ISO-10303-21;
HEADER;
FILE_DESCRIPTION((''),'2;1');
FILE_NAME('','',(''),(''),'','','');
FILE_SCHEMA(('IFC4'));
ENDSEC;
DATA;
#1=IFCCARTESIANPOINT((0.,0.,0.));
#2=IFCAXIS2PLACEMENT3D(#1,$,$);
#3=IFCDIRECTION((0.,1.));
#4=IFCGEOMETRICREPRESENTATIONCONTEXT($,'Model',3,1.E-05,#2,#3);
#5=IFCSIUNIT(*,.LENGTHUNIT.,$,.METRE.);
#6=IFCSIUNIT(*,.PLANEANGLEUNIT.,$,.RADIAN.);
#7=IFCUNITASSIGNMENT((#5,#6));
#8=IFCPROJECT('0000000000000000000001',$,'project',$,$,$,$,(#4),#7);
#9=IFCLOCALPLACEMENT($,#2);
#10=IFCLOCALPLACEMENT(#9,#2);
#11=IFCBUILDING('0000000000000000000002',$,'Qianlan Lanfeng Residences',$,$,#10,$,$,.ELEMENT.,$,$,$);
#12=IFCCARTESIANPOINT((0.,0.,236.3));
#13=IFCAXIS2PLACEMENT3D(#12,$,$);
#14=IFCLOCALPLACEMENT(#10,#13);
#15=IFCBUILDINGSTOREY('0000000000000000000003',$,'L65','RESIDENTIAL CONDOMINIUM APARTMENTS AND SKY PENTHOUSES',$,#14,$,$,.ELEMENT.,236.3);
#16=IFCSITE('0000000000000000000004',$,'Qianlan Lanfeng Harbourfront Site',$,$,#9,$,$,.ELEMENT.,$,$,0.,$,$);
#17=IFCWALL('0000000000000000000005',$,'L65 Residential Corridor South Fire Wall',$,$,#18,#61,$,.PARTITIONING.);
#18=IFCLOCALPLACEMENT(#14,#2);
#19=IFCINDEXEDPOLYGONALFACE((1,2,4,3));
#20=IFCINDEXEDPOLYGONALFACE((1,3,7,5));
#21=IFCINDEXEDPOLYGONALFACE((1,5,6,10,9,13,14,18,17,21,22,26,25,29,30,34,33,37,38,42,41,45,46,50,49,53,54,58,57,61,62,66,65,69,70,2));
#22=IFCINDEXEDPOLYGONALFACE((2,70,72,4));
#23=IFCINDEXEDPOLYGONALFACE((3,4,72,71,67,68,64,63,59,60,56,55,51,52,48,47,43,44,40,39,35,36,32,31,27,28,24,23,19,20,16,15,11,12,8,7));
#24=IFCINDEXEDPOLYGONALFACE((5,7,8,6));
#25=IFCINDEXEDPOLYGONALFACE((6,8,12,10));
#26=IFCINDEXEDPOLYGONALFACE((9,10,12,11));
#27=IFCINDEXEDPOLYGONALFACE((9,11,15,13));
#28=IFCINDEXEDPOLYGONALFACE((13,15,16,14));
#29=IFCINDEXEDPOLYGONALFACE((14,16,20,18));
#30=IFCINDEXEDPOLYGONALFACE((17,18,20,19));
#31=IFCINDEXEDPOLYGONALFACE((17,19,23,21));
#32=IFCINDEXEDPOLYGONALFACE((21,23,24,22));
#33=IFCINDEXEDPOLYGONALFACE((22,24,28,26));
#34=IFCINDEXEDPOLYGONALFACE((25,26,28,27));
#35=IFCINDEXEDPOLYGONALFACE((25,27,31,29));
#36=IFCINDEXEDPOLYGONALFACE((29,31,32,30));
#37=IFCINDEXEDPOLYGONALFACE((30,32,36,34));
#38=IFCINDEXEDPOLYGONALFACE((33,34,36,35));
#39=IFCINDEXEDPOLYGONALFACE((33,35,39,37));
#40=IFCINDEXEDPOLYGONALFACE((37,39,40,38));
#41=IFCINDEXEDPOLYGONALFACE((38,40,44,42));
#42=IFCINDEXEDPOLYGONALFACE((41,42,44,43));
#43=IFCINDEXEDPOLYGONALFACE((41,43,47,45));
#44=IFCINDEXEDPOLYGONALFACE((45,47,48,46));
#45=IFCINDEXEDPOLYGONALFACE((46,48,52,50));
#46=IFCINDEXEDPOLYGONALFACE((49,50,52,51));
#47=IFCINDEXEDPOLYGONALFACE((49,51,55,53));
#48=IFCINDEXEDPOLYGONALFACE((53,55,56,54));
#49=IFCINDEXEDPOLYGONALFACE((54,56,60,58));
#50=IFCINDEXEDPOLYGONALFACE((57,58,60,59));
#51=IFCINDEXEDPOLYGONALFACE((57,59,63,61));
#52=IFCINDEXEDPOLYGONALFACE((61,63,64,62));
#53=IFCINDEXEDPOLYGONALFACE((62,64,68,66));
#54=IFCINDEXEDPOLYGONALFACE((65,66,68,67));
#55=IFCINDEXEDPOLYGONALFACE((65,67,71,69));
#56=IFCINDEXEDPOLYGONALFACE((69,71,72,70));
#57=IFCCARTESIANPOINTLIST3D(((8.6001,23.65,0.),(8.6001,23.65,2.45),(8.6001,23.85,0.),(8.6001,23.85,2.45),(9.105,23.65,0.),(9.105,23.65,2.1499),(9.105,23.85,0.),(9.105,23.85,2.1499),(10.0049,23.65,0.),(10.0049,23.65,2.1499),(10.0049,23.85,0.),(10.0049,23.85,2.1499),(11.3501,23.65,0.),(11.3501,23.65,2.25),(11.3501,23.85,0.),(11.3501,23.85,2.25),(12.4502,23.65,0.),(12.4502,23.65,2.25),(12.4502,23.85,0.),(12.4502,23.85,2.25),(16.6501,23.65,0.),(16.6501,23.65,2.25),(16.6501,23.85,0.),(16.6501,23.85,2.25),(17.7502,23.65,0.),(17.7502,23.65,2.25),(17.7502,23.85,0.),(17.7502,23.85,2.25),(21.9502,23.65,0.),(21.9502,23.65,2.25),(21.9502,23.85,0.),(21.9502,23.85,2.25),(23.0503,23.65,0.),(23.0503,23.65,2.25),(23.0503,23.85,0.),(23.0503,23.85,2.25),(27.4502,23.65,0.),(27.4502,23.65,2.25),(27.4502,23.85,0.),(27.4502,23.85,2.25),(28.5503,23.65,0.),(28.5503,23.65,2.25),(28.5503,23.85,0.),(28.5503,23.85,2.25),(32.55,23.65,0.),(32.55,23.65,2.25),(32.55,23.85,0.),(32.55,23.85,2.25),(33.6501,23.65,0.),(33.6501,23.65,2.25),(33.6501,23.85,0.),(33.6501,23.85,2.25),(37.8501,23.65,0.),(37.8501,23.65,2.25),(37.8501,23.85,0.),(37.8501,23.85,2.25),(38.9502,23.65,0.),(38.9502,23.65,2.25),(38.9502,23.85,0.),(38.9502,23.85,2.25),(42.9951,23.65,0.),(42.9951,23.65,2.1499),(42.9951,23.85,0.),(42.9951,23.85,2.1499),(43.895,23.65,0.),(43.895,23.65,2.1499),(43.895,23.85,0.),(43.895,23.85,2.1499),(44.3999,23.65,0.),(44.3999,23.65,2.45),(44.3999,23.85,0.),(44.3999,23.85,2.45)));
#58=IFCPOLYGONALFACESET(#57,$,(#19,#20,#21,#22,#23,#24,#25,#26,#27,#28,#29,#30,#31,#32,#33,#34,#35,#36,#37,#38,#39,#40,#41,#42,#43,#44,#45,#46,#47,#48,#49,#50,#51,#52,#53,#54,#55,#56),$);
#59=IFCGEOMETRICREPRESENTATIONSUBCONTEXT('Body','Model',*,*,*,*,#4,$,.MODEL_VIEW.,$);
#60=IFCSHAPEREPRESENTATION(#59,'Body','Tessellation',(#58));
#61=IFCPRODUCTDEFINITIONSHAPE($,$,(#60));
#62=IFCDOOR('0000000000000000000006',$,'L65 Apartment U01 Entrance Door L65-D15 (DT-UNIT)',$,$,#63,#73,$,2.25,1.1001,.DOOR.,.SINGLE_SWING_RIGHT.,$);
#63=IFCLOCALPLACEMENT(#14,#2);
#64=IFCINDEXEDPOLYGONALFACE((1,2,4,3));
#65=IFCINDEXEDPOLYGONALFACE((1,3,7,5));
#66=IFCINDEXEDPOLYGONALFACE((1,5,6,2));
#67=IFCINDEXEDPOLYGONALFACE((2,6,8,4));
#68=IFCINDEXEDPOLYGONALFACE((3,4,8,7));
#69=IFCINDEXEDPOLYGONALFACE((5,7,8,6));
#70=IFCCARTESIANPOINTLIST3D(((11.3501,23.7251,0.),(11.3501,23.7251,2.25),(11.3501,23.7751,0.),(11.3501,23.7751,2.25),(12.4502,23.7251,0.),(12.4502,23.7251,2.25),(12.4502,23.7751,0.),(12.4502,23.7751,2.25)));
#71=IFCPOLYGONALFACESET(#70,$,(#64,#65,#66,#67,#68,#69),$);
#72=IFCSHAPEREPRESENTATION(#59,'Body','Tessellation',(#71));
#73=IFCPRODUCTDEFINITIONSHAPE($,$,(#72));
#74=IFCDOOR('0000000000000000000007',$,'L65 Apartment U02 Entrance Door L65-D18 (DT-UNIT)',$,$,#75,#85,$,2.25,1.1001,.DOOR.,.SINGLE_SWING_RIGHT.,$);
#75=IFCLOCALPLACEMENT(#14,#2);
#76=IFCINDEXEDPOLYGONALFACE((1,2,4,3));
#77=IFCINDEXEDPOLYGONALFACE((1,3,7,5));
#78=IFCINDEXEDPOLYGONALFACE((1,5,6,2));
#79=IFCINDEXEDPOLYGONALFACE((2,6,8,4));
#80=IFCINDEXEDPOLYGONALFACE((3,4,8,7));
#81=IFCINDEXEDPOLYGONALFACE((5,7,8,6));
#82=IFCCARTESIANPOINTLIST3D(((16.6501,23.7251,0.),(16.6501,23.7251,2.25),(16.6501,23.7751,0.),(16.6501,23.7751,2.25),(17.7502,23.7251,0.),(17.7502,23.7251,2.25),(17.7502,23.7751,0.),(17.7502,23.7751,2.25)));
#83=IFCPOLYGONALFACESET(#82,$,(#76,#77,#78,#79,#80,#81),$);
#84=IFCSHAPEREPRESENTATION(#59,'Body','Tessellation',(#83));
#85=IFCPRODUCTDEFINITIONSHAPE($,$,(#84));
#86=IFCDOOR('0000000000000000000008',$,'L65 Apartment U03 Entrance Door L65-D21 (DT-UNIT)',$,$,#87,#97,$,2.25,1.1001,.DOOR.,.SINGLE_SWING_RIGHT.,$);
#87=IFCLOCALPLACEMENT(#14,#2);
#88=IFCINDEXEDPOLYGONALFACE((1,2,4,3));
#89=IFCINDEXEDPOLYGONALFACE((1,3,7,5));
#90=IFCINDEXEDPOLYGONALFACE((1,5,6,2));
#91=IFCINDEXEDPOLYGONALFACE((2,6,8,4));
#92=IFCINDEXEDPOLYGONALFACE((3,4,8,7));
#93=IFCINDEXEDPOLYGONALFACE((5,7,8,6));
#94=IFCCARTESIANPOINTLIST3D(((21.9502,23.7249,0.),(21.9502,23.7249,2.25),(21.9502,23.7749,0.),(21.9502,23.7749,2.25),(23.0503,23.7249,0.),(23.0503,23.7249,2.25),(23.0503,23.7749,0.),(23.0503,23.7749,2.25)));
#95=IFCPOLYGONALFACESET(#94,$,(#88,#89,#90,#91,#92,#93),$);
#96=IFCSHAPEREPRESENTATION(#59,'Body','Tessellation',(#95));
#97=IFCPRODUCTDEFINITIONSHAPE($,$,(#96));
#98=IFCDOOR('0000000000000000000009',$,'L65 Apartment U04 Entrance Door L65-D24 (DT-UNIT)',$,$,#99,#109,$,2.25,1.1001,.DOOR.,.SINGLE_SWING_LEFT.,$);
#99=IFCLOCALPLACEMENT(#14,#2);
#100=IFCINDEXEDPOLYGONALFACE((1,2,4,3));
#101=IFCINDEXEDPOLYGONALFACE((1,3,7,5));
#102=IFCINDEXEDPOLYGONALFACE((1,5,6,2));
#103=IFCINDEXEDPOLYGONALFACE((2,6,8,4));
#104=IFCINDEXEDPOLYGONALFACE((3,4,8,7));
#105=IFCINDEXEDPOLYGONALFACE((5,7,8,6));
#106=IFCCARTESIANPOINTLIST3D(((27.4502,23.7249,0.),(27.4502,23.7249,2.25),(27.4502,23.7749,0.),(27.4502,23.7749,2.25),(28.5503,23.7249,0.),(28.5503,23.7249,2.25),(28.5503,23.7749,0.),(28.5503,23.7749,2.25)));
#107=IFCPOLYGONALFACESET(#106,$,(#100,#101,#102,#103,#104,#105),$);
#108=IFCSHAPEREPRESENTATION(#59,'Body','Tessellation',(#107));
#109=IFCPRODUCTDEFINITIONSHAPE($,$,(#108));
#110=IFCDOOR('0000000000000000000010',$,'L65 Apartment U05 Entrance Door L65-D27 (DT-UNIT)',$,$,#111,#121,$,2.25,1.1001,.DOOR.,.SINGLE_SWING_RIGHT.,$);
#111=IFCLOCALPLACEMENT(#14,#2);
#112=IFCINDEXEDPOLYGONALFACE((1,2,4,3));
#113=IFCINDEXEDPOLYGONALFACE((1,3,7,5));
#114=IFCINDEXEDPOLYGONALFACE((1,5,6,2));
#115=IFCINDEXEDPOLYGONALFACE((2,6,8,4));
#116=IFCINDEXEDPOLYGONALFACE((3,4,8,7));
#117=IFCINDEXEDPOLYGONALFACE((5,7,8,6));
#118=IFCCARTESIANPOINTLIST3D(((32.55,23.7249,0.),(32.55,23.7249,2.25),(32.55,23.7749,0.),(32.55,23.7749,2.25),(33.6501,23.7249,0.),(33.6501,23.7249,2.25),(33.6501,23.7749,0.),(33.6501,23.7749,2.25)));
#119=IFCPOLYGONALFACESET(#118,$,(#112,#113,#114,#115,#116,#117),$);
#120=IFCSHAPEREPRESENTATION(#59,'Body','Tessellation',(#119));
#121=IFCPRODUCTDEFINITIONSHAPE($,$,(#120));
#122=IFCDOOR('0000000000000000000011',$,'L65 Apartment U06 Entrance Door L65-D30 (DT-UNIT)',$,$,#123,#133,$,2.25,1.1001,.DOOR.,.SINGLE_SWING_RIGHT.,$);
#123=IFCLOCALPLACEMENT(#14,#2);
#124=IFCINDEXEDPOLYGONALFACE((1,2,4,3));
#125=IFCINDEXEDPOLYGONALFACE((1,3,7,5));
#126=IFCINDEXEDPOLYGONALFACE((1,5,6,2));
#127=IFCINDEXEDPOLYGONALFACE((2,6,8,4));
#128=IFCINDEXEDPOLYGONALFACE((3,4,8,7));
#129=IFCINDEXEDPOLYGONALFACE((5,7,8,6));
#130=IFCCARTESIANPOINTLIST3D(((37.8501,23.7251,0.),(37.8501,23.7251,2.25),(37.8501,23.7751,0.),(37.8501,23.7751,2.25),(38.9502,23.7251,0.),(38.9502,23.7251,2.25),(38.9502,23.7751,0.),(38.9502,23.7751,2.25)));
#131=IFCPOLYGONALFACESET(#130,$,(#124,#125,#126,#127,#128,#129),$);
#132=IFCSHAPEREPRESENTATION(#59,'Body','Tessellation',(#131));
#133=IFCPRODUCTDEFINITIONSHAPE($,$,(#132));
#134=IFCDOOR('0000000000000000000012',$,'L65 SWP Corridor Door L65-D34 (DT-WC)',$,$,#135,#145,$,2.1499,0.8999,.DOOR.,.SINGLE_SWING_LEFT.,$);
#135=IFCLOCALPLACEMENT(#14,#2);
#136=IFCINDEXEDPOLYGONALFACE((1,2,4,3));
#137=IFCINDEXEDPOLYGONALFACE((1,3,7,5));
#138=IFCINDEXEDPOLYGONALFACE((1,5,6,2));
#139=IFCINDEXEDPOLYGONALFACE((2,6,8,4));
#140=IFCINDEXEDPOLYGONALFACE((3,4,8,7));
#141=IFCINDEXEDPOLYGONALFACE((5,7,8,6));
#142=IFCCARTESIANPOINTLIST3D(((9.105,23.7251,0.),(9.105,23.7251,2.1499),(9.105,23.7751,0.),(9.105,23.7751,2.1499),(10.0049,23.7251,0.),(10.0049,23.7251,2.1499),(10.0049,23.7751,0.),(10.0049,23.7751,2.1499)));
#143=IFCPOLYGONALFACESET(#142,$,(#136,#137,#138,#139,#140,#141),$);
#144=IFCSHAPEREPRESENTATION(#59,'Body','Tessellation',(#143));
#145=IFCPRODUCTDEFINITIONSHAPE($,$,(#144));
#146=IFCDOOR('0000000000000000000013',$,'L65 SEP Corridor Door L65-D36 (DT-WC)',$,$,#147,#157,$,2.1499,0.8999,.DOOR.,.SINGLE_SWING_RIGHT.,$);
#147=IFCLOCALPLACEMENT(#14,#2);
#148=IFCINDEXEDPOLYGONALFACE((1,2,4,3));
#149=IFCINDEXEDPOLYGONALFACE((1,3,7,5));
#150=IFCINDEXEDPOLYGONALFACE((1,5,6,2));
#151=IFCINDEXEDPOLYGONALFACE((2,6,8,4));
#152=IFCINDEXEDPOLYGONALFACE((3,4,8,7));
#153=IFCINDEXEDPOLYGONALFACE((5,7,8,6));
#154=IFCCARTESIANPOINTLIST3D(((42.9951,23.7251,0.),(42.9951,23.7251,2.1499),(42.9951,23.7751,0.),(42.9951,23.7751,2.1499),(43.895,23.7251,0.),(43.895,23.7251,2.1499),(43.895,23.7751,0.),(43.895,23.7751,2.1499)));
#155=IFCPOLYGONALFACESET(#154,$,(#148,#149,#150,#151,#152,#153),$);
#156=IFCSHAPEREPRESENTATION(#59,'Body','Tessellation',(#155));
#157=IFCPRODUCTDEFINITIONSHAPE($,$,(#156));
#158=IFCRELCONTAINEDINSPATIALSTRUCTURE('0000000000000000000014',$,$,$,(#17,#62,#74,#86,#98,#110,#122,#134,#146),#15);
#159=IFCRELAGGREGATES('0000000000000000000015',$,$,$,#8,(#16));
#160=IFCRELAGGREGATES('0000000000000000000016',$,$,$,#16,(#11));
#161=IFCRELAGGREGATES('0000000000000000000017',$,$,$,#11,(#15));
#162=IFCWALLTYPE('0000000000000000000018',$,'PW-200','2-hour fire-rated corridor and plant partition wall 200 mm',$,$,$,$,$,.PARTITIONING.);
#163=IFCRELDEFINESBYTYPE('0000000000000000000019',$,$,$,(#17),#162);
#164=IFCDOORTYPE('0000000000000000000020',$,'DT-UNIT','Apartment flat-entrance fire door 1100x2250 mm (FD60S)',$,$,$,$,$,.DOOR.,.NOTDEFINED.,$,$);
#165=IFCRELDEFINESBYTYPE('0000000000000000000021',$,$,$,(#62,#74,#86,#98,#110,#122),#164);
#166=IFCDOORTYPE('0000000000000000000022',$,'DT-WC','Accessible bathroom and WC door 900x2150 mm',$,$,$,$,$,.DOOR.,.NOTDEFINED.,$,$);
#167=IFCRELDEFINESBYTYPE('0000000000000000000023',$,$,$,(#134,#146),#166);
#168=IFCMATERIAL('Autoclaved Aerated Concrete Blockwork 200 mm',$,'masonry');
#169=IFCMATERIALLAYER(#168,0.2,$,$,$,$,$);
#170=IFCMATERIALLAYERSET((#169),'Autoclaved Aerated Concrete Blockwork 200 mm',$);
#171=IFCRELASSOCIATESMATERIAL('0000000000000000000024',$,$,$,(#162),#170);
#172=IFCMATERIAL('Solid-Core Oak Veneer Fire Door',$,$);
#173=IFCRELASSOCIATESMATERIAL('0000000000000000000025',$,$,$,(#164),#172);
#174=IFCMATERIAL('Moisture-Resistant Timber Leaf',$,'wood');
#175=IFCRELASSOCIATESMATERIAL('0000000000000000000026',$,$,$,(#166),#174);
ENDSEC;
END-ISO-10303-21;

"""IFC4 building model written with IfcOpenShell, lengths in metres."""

from ifc_helpers import new_model, si_unit, direction, frame, frame_2d, origin, place, context, subcontext, project, spatial, rectangle, extrude, material, layer, layer_set, type_object, element, fill, save


model = new_model("IFC4")

# Units and contexts
model_context = context("Model", 3, precision=1e-05, world=origin(), true_north=direction((0.0, 1.0)))
body_context = subcontext(model_context, "Body", "Model", "MODEL_VIEW")
ifc_project = project(units=[si_unit("LENGTHUNIT", "METRE"), si_unit("PLANEANGLEUNIT", "RADIAN")], contexts=[model_context])

# Site, building, storey
site_placement = place(None, origin())
site = spatial("IfcSite", under=ifc_project, at=site_placement, Name="Qianlan Lanfeng Harbourfront Site", CompositionType="ELEMENT", RefElevation=0.0)
building_placement = place(site_placement, origin())
building = spatial("IfcBuilding", under=site, at=building_placement, Name="Qianlan Lanfeng Residences", CompositionType="ELEMENT")
storey_placement = place(building_placement, frame((0.0, 0.0, 236.3)))
storey = spatial("IfcBuildingStorey", under=building, at=storey_placement, Name="L65", Description="RESIDENTIAL CONDOMINIUM APARTMENTS AND SKY PENTHOUSES", CompositionType="ELEMENT", Elevation=236.3)

# Wall, openings, doors
ifc_material_1 = material(Name="Autoclaved Aerated Concrete Blockwork 200 mm", Category="masonry")
ifc_layer_1 = layer(ifc_material_1, 0.2)
ifc_layer_set_1 = layer_set([ifc_layer_1], Name="Autoclaved Aerated Concrete Blockwork 200 mm")
wall_type_1 = type_object("IfcWallType", Name="PW-200", Description="2-hour fire-rated corridor and plant partition wall 200 mm", PredefinedType="PARTITIONING", material=ifc_layer_set_1)
wall_1_placement = place(storey_placement, frame((8.6001, 23.75, 0.0), z_axis=(0.0, 0.0, 1.0), x_axis=(1.0, 0.0, 0.0)))
wall_1 = element("IfcWall", 1, at=wall_1_placement, inside=storey, type_object=wall_type_1, Name="L65 Residential Corridor South Fire Wall", PredefinedType="PARTITIONING", context=body_context, shape_type="SweptSolid", body=[
    extrude(rectangle(XDim=35.7998, YDim=0.2, at=frame_2d((17.8999, 0.0))), origin(), (0.0, 0.0, 1.0), 2.45),
])
opening_1_placement = place(wall_1_placement, frame((2.75, 0.0, 0.0)))
opening_1 = element("IfcOpeningElement", 2, at=opening_1_placement, cuts=wall_1, PredefinedType="OPENING", context=body_context, shape_type="SweptSolid", body=[
    extrude(rectangle(XDim=1.1001, YDim=2.25, at=frame_2d((0.55, 1.125))), frame((0.0, 0.1099, 0.0), z_axis=(0.0, -1.0, 0.0), x_axis=(1.0, 0.0, 0.0)), (0.0, 0.0, 1.0), 0.22),
])
opening_2_placement = place(wall_1_placement, frame((8.05, 0.0, 0.0)))
opening_2 = element("IfcOpeningElement", 3, at=opening_2_placement, cuts=wall_1, PredefinedType="OPENING", context=body_context, shape_type="SweptSolid", body=[
    extrude(rectangle(XDim=1.1001, YDim=2.25, at=frame_2d((0.55, 1.125))), frame((0.0, 0.1099, 0.0), z_axis=(0.0, -1.0, 0.0), x_axis=(1.0, 0.0, 0.0)), (0.0, 0.0, 1.0), 0.22),
])
opening_3_placement = place(wall_1_placement, frame((13.3501, 0.0, 0.0)))
opening_3 = element("IfcOpeningElement", 4, at=opening_3_placement, cuts=wall_1, PredefinedType="OPENING", context=body_context, shape_type="SweptSolid", body=[
    extrude(rectangle(XDim=1.1001, YDim=2.25, at=frame_2d((0.55, 1.125))), frame((0.0, 0.1099, 0.0), z_axis=(0.0, -1.0, 0.0), x_axis=(1.0, 0.0, 0.0)), (0.0, 0.0, 1.0), 0.22),
])
opening_4_placement = place(wall_1_placement, frame((18.8501, 0.0, 0.0)))
opening_4 = element("IfcOpeningElement", 5, at=opening_4_placement, cuts=wall_1, PredefinedType="OPENING", context=body_context, shape_type="SweptSolid", body=[
    extrude(rectangle(XDim=1.1001, YDim=2.25, at=frame_2d((0.55, 1.125))), frame((0.0, 0.1099, 0.0), z_axis=(0.0, -1.0, 0.0), x_axis=(1.0, 0.0, 0.0)), (0.0, 0.0, 1.0), 0.22),
])
opening_5_placement = place(wall_1_placement, frame((23.95, 0.0, 0.0)))
opening_5 = element("IfcOpeningElement", 6, at=opening_5_placement, cuts=wall_1, PredefinedType="OPENING", context=body_context, shape_type="SweptSolid", body=[
    extrude(rectangle(XDim=1.1001, YDim=2.25, at=frame_2d((0.55, 1.125))), frame((0.0, 0.1099, 0.0), z_axis=(0.0, -1.0, 0.0), x_axis=(1.0, 0.0, 0.0)), (0.0, 0.0, 1.0), 0.22),
])
opening_6_placement = place(wall_1_placement, frame((29.25, 0.0, 0.0)))
opening_6 = element("IfcOpeningElement", 7, at=opening_6_placement, cuts=wall_1, PredefinedType="OPENING", context=body_context, shape_type="SweptSolid", body=[
    extrude(rectangle(XDim=1.1001, YDim=2.25, at=frame_2d((0.55, 1.125))), frame((0.0, 0.1099, 0.0), z_axis=(0.0, -1.0, 0.0), x_axis=(1.0, 0.0, 0.0)), (0.0, 0.0, 1.0), 0.22),
])
opening_7_placement = place(wall_1_placement, frame((0.5049, 0.0, 0.0)))
opening_7 = element("IfcOpeningElement", 8, at=opening_7_placement, cuts=wall_1, PredefinedType="OPENING", context=body_context, shape_type="SweptSolid", body=[
    extrude(rectangle(XDim=0.8999, YDim=2.1499, at=frame_2d((0.45, 1.075))), frame((0.0, 0.1099, 0.0), z_axis=(0.0, -1.0, 0.0), x_axis=(1.0, 0.0, 0.0)), (0.0, 0.0, 1.0), 0.22),
])
opening_8_placement = place(wall_1_placement, frame((34.395, 0.0, 0.0)))
opening_8 = element("IfcOpeningElement", 9, at=opening_8_placement, cuts=wall_1, PredefinedType="OPENING", context=body_context, shape_type="SweptSolid", body=[
    extrude(rectangle(XDim=0.8999, YDim=2.1499, at=frame_2d((0.45, 1.075))), frame((0.0, 0.1099, 0.0), z_axis=(0.0, -1.0, 0.0), x_axis=(1.0, 0.0, 0.0)), (0.0, 0.0, 1.0), 0.22),
])
ifc_material_2 = material(Name="Solid-Core Oak Veneer Fire Door")
door_type_1 = type_object("IfcDoorType", Name="DT-UNIT", Description="Apartment flat-entrance fire door 1100x2250 mm (FD60S)", OperationType="NOTDEFINED", PredefinedType="DOOR", material=ifc_material_2)
door_1_placement = place(opening_1_placement, frame((1.1001, 0.0, 0.0), z_axis=(0.0, 0.0, 1.0), x_axis=(-1.0, 0.0, 0.0)))
door_1 = element("IfcDoor", 10, at=door_1_placement, inside=storey, type_object=door_type_1, Name="L65 Apartment U01 Entrance Door L65-D15 (DT-UNIT)", OperationType="SINGLE_SWING_RIGHT", OverallHeight=2.25, OverallWidth=1.1001, PredefinedType="DOOR", context=body_context, shape_type="SweptSolid", body=[
    extrude(rectangle(XDim=1.1001, YDim=2.25, at=frame_2d((0.55, 1.125))), frame((0.0, 0.0249, 0.0), z_axis=(0.0, -1.0, 0.0), x_axis=(1.0, 0.0, 0.0)), (0.0, 0.0, 1.0), 0.05),
])
fill(opening_1, door_1)
door_2_placement = place(opening_2_placement, frame((1.1001, 0.0, 0.0), z_axis=(0.0, 0.0, 1.0), x_axis=(-1.0, 0.0, 0.0)))
door_2 = element("IfcDoor", 11, at=door_2_placement, inside=storey, type_object=door_type_1, Name="L65 Apartment U02 Entrance Door L65-D18 (DT-UNIT)", OperationType="SINGLE_SWING_RIGHT", OverallHeight=2.25, OverallWidth=1.1001, PredefinedType="DOOR", context=body_context, shape_type="SweptSolid", body=[
    extrude(rectangle(XDim=1.1001, YDim=2.25, at=frame_2d((0.55, 1.125))), frame((0.0, 0.0249, 0.0), z_axis=(0.0, -1.0, 0.0), x_axis=(1.0, 0.0, 0.0)), (0.0, 0.0, 1.0), 0.05),
])
fill(opening_2, door_2)
door_3_placement = place(opening_3_placement, origin())
door_3 = element("IfcDoor", 12, at=door_3_placement, inside=storey, type_object=door_type_1, Name="L65 Apartment U03 Entrance Door L65-D21 (DT-UNIT)", OperationType="SINGLE_SWING_RIGHT", OverallHeight=2.25, OverallWidth=1.1001, PredefinedType="DOOR", context=body_context, shape_type="SweptSolid", body=[
    extrude(rectangle(XDim=1.1001, YDim=2.25, at=frame_2d((0.55, 1.125))), frame((0.0, 0.0249, 0.0), z_axis=(0.0, -1.0, 0.0), x_axis=(1.0, 0.0, 0.0)), (0.0, 0.0, 1.0), 0.05),
])
fill(opening_3, door_3)
door_4_placement = place(opening_4_placement, origin())
door_4 = element("IfcDoor", 13, at=door_4_placement, inside=storey, type_object=door_type_1, Name="L65 Apartment U04 Entrance Door L65-D24 (DT-UNIT)", OperationType="SINGLE_SWING_LEFT", OverallHeight=2.25, OverallWidth=1.1001, PredefinedType="DOOR", context=body_context, shape_type="SweptSolid", body=[
    extrude(rectangle(XDim=1.1001, YDim=2.25, at=frame_2d((0.55, 1.125))), frame((0.0, 0.0249, 0.0), z_axis=(0.0, -1.0, 0.0), x_axis=(1.0, 0.0, 0.0)), (0.0, 0.0, 1.0), 0.05),
])
fill(opening_4, door_4)
door_5_placement = place(opening_5_placement, origin())
door_5 = element("IfcDoor", 14, at=door_5_placement, inside=storey, type_object=door_type_1, Name="L65 Apartment U05 Entrance Door L65-D27 (DT-UNIT)", OperationType="SINGLE_SWING_RIGHT", OverallHeight=2.25, OverallWidth=1.1001, PredefinedType="DOOR", context=body_context, shape_type="SweptSolid", body=[
    extrude(rectangle(XDim=1.1001, YDim=2.25, at=frame_2d((0.55, 1.125))), frame((0.0, 0.0249, 0.0), z_axis=(0.0, -1.0, 0.0), x_axis=(1.0, 0.0, 0.0)), (0.0, 0.0, 1.0), 0.05),
])
fill(opening_5, door_5)
door_6_placement = place(opening_6_placement, frame((1.1001, 0.0, 0.0), z_axis=(0.0, 0.0, 1.0), x_axis=(-1.0, 0.0, 0.0)))
door_6 = element("IfcDoor", 15, at=door_6_placement, inside=storey, type_object=door_type_1, Name="L65 Apartment U06 Entrance Door L65-D30 (DT-UNIT)", OperationType="SINGLE_SWING_RIGHT", OverallHeight=2.25, OverallWidth=1.1001, PredefinedType="DOOR", context=body_context, shape_type="SweptSolid", body=[
    extrude(rectangle(XDim=1.1001, YDim=2.25, at=frame_2d((0.55, 1.125))), frame((0.0, 0.0249, 0.0), z_axis=(0.0, -1.0, 0.0), x_axis=(1.0, 0.0, 0.0)), (0.0, 0.0, 1.0), 0.05),
])
fill(opening_6, door_6)
ifc_material_3 = material(Name="Moisture-Resistant Timber Leaf", Category="wood")
door_type_2 = type_object("IfcDoorType", Name="DT-WC", Description="Accessible bathroom and WC door 900x2150 mm", OperationType="NOTDEFINED", PredefinedType="DOOR", material=ifc_material_3)
door_7_placement = place(opening_7_placement, frame((0.8999, 0.0, 0.0), z_axis=(0.0, 0.0, 1.0), x_axis=(-1.0, 0.0, 0.0)))
door_7 = element("IfcDoor", 16, at=door_7_placement, inside=storey, type_object=door_type_2, Name="L65 SWP Corridor Door L65-D34 (DT-WC)", OperationType="SINGLE_SWING_LEFT", OverallHeight=2.1499, OverallWidth=0.8999, PredefinedType="DOOR", context=body_context, shape_type="SweptSolid", body=[
    extrude(rectangle(XDim=0.8999, YDim=2.1499, at=frame_2d((0.45, 1.075))), frame((0.0, 0.0249, 0.0), z_axis=(0.0, -1.0, 0.0), x_axis=(1.0, 0.0, 0.0)), (0.0, 0.0, 1.0), 0.05),
])
fill(opening_7, door_7)
door_8_placement = place(opening_8_placement, frame((0.8999, 0.0, 0.0), z_axis=(0.0, 0.0, 1.0), x_axis=(-1.0, 0.0, 0.0)))
door_8 = element("IfcDoor", 17, at=door_8_placement, inside=storey, type_object=door_type_2, Name="L65 SEP Corridor Door L65-D36 (DT-WC)", OperationType="SINGLE_SWING_RIGHT", OverallHeight=2.1499, OverallWidth=0.8999, PredefinedType="DOOR", context=body_context, shape_type="SweptSolid", body=[
    extrude(rectangle(XDim=0.8999, YDim=2.1499, at=frame_2d((0.45, 1.075))), frame((0.0, 0.0249, 0.0), z_axis=(0.0, -1.0, 0.0), x_axis=(1.0, 0.0, 0.0)), (0.0, 0.0, 1.0), 0.05),
])
fill(opening_8, door_8)

save(model, "model.ifc")
